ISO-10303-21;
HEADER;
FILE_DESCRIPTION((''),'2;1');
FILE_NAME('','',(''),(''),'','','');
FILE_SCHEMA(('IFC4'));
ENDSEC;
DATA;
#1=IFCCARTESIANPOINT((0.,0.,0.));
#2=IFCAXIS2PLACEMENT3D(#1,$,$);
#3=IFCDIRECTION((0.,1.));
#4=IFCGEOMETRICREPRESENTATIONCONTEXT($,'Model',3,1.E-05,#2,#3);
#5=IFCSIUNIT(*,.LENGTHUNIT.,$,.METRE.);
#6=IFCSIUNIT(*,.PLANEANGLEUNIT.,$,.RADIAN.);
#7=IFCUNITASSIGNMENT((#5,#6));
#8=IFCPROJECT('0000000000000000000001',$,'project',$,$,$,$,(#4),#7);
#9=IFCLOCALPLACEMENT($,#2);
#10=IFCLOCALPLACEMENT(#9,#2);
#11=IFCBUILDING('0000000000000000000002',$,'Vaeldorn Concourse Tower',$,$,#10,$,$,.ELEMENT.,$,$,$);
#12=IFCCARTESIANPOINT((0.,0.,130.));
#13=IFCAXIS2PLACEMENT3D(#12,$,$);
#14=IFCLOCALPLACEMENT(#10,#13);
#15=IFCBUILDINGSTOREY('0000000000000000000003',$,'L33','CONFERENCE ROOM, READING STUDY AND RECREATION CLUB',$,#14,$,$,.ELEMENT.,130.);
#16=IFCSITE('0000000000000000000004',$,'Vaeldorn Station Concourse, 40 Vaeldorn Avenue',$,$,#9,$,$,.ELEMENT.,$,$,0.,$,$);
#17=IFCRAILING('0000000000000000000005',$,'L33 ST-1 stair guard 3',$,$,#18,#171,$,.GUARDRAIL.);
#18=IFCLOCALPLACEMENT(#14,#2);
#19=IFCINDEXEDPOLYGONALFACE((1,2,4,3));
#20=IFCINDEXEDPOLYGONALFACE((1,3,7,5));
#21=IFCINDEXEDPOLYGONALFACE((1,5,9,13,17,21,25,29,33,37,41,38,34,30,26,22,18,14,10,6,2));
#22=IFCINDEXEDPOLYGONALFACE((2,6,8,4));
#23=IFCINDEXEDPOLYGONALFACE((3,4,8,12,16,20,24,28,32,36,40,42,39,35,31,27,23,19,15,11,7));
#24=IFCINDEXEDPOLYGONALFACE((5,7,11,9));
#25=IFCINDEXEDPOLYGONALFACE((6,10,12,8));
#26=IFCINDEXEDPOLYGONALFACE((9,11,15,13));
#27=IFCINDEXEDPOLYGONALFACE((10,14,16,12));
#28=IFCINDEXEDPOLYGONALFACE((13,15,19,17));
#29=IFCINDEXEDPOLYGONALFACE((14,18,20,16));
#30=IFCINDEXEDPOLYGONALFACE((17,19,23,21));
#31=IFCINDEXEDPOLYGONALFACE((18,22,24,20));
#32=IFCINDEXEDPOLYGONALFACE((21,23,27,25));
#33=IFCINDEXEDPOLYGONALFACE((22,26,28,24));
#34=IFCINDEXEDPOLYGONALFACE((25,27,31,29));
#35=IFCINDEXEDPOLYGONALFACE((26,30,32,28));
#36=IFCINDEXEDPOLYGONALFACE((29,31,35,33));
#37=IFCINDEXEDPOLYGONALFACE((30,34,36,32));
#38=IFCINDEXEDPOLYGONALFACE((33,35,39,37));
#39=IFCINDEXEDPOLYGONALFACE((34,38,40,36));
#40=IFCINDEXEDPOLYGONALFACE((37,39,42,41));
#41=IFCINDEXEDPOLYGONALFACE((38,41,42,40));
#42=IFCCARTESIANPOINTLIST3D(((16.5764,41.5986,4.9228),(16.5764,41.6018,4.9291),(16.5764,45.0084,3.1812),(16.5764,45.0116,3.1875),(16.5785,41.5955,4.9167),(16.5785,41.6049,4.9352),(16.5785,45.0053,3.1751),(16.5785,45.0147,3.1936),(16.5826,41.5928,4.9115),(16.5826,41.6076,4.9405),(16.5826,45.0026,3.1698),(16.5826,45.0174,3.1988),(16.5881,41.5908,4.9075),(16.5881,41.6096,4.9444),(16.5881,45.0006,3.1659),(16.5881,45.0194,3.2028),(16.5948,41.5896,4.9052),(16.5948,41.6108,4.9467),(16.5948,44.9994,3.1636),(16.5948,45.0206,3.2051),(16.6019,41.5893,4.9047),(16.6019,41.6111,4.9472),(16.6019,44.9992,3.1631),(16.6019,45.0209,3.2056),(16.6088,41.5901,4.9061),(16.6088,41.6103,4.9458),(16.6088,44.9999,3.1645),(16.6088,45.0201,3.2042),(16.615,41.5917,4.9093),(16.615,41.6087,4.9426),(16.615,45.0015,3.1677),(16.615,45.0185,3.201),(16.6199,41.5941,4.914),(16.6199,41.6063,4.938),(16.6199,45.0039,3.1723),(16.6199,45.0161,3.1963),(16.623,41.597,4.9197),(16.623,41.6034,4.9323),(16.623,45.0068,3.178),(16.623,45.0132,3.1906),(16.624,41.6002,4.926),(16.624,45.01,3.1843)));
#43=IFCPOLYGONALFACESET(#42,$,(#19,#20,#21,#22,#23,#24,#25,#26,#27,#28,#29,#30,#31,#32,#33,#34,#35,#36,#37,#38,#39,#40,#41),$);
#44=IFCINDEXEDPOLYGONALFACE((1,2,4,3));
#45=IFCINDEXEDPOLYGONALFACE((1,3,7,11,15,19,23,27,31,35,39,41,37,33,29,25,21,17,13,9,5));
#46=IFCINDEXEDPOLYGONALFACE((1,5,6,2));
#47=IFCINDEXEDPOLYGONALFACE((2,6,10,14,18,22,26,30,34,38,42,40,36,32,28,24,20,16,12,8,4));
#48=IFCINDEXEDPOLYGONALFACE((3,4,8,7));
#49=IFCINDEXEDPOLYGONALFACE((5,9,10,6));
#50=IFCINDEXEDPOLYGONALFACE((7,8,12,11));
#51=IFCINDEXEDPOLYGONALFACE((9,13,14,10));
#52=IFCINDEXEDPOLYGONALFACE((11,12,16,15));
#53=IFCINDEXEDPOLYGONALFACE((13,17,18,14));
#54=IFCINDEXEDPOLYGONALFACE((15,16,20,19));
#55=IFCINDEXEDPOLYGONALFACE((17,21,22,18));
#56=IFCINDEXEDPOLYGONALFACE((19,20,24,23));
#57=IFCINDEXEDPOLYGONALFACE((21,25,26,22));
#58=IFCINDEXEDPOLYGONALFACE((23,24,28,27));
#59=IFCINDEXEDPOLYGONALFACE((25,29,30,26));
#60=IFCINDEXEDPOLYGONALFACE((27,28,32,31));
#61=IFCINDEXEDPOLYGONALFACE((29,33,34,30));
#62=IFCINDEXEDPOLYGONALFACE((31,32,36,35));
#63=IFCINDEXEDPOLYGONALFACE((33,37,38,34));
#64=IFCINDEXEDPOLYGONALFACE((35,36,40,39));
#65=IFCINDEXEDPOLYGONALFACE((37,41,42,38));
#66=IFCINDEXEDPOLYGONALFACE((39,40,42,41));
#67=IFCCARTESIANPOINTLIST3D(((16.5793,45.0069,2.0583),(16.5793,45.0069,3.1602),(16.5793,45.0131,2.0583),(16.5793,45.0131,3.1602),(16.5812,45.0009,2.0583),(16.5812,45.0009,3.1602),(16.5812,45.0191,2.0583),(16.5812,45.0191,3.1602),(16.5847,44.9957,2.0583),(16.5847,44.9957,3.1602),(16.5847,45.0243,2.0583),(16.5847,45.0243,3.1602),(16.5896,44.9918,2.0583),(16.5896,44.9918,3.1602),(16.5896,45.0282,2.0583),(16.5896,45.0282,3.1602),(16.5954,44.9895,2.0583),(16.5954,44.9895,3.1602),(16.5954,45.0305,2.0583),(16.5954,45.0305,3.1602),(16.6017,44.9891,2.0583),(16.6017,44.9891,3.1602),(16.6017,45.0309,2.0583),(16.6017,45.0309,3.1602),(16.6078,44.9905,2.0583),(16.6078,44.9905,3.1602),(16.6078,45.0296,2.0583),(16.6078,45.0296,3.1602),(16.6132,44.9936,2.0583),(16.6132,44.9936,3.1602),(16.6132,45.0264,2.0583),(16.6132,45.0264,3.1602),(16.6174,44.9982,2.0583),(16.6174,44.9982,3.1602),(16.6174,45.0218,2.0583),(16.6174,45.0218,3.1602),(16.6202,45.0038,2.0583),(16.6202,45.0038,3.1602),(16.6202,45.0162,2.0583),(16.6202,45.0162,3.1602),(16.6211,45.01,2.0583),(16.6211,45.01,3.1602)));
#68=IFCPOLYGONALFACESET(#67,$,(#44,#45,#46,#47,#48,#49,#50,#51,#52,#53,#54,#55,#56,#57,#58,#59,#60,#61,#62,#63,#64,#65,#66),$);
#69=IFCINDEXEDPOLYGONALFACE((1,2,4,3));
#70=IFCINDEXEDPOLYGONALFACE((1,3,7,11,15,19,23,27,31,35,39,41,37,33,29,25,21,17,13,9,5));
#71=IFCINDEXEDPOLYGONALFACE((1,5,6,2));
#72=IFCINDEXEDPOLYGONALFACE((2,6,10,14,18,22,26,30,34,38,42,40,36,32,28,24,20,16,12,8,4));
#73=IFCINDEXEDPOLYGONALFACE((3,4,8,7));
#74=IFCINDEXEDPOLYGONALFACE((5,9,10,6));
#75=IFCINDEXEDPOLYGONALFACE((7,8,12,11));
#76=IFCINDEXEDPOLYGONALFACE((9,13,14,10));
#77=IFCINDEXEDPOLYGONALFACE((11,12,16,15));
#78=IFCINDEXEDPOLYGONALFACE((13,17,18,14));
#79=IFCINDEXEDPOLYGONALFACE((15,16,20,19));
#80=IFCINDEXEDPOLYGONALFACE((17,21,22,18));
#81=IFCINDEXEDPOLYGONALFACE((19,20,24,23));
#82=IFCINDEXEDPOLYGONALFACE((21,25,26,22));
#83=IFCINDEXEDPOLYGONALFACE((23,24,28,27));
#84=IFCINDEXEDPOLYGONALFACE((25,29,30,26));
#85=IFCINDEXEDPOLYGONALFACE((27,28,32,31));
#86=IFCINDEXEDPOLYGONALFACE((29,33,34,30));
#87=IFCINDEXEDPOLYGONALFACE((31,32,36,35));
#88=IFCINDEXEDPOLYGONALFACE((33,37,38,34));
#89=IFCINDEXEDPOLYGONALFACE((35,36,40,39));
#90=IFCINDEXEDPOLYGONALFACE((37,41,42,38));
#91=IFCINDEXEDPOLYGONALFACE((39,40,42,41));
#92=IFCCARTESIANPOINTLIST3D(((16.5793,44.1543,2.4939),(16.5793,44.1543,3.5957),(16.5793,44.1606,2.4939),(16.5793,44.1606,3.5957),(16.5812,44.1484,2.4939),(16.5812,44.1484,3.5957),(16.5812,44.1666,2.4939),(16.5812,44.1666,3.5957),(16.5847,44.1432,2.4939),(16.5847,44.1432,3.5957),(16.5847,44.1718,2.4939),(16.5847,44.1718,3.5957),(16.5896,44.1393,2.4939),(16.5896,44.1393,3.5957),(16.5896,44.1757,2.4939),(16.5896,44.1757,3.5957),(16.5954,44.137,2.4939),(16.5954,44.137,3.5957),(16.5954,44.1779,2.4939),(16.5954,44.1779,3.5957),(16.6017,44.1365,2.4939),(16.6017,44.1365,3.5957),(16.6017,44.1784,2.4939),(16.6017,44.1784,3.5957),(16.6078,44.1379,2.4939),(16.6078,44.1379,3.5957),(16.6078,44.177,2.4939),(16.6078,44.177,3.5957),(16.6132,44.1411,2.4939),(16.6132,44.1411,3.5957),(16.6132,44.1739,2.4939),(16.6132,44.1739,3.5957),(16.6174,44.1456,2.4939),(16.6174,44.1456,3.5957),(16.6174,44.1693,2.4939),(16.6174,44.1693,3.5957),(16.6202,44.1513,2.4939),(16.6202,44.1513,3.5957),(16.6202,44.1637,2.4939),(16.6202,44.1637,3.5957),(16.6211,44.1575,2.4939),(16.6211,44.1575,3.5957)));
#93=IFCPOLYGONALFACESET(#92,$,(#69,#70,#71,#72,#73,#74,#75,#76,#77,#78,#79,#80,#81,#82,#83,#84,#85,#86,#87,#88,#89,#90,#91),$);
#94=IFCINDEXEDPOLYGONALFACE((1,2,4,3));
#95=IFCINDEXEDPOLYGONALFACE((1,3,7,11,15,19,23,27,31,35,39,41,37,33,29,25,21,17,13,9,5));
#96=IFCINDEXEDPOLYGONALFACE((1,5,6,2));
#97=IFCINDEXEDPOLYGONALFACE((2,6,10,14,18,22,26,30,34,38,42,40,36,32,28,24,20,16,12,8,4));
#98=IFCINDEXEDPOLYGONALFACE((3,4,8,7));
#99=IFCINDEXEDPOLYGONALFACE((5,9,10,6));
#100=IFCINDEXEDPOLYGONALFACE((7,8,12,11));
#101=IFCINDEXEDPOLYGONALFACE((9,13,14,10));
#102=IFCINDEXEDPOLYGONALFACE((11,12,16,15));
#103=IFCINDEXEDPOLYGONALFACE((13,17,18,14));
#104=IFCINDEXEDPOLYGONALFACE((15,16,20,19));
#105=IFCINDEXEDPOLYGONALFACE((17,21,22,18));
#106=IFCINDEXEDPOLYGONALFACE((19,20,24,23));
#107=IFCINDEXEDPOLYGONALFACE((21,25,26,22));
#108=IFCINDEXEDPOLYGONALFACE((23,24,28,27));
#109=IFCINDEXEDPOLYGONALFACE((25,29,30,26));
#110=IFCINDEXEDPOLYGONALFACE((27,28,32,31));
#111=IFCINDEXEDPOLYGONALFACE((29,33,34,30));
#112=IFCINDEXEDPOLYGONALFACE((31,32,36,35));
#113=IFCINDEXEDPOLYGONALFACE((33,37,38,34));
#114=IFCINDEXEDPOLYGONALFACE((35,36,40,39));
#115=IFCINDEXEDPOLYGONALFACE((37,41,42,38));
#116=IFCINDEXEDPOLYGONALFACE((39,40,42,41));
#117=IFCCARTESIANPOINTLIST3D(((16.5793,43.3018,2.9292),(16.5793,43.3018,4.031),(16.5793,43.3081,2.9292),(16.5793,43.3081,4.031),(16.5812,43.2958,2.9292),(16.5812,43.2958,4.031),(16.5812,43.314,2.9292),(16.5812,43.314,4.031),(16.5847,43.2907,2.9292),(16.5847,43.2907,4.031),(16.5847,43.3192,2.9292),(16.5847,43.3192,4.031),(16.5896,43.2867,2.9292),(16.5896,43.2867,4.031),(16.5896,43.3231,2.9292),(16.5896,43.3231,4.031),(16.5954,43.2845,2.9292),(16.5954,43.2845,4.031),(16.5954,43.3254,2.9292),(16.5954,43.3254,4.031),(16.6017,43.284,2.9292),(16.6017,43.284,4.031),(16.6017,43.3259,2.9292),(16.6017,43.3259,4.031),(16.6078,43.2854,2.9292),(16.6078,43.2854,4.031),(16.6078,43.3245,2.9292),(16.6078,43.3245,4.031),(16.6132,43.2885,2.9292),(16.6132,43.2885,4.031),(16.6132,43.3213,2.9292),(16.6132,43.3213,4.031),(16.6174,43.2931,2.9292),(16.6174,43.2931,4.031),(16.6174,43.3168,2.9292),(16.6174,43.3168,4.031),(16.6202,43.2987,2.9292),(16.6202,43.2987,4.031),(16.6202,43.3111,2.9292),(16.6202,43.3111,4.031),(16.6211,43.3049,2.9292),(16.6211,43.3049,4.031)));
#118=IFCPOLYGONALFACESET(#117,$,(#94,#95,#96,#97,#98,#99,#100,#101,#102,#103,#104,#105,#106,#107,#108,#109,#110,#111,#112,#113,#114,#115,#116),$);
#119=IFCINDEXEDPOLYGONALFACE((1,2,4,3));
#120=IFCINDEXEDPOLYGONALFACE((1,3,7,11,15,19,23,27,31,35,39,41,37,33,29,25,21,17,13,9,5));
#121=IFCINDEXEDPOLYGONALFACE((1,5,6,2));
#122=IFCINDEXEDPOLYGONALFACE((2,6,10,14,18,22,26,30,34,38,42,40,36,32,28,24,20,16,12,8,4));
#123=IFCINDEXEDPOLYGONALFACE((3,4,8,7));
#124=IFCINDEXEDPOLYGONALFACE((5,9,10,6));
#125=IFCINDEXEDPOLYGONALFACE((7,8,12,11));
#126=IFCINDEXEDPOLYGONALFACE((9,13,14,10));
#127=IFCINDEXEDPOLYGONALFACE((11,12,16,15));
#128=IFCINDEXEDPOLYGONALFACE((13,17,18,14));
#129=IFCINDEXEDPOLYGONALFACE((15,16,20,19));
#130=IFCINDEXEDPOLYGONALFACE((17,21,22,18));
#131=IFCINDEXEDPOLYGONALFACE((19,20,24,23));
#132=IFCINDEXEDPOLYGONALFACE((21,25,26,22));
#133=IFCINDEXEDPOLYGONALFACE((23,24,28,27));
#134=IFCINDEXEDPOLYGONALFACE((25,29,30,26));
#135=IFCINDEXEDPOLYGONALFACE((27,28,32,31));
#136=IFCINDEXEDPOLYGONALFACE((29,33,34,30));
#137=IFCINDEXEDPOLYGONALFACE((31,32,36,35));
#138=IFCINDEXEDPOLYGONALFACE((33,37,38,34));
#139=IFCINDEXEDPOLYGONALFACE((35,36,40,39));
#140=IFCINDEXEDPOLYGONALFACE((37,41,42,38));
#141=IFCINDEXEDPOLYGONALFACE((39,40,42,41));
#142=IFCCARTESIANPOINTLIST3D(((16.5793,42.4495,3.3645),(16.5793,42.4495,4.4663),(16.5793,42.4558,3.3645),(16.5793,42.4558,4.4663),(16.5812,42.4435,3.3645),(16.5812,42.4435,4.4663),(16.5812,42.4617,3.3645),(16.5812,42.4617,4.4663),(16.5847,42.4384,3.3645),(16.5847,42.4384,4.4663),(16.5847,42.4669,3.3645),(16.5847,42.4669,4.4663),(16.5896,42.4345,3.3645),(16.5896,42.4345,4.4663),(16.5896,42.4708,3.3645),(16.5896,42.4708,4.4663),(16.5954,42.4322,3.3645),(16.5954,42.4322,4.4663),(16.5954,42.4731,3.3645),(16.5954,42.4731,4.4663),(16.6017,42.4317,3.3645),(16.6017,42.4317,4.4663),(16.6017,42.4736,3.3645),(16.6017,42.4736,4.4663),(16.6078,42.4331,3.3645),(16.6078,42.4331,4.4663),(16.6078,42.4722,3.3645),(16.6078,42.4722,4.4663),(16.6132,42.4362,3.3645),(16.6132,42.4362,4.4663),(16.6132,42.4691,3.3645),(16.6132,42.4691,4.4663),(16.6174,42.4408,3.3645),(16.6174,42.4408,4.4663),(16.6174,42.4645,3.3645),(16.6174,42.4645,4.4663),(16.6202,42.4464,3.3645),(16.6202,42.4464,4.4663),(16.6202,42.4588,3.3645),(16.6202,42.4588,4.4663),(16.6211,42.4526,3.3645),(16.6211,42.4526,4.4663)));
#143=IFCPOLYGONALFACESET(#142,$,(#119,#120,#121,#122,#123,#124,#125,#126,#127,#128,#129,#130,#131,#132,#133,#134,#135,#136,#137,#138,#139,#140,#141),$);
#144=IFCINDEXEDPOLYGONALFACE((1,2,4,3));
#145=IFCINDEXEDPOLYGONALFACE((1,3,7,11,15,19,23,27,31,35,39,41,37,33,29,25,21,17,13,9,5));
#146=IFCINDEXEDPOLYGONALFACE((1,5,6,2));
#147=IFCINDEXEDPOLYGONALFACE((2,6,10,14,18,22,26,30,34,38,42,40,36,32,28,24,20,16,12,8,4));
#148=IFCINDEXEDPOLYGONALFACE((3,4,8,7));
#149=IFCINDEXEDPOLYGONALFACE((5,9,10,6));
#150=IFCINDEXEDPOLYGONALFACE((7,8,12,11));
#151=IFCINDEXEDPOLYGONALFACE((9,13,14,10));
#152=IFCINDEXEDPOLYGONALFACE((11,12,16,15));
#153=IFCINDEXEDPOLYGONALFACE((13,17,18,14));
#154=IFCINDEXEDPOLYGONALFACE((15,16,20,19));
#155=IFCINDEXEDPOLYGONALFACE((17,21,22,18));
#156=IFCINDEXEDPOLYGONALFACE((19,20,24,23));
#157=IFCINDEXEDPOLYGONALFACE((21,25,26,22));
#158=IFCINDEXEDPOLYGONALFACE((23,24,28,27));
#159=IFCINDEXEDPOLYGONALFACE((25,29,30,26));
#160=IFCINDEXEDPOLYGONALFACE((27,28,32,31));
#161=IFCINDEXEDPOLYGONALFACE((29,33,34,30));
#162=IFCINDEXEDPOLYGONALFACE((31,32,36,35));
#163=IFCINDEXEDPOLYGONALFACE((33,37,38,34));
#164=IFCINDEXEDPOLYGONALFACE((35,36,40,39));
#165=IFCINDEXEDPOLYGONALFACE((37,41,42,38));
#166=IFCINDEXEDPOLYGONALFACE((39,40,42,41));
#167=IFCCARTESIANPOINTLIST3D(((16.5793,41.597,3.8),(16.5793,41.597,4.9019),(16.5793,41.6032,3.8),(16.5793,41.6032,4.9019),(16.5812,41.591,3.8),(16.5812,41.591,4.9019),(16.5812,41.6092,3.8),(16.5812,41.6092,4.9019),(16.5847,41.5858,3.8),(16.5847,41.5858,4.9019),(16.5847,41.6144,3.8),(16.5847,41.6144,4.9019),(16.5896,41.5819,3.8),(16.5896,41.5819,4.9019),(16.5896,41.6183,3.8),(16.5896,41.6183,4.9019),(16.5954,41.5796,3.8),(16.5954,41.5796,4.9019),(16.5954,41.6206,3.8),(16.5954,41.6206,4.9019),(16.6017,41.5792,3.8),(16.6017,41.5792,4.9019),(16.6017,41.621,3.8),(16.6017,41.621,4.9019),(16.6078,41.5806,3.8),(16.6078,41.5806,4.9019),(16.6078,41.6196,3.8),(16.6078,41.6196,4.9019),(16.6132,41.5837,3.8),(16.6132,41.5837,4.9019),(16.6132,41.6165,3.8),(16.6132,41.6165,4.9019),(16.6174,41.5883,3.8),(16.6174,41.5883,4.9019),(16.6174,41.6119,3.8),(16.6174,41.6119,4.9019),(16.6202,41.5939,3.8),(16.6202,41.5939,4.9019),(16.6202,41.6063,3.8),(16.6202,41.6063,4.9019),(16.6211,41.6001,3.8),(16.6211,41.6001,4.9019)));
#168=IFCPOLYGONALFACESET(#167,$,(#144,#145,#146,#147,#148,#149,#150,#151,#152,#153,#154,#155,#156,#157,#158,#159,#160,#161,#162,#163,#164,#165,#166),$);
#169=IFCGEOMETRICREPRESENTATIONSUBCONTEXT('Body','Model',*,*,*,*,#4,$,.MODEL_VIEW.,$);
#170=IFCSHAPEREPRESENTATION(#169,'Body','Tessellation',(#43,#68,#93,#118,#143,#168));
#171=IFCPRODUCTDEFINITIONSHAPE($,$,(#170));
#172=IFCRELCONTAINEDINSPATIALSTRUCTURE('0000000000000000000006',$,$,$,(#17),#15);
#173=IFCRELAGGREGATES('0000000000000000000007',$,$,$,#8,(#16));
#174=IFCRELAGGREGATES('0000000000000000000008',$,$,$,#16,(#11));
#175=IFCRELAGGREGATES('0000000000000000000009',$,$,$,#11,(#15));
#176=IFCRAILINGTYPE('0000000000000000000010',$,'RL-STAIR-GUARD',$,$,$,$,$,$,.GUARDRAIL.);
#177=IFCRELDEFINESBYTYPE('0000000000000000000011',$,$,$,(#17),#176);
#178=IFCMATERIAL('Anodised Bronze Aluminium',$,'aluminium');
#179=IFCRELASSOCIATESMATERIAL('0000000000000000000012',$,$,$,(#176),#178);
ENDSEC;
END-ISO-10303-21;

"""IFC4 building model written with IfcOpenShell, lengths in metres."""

from ifc_helpers import new_model, si_unit, direction, frame, origin, origin_2d, place, context, subcontext, project, spatial, circle, extrude, material, type_object, element, save


model = new_model("IFC4")

# Units and contexts
model_context = context("Model", 3, precision=1e-05, world=origin(), true_north=direction((0.0, 1.0)))
body_context = subcontext(model_context, "Body", "Model", "MODEL_VIEW")
ifc_project = project(units=[si_unit("LENGTHUNIT", "METRE"), si_unit("PLANEANGLEUNIT", "RADIAN")], contexts=[model_context])

# Site, building, storey
site_placement = place(None, origin())
site = spatial("IfcSite", under=ifc_project, at=site_placement, Name="Vaeldorn Station Concourse, 40 Vaeldorn Avenue", CompositionType="ELEMENT", RefElevation=0.0)
building_placement = place(site_placement, origin())
building = spatial("IfcBuilding", under=site, at=building_placement, Name="Vaeldorn Concourse Tower", CompositionType="ELEMENT")
storey_placement = place(building_placement, frame((0.0, 0.0, 130.0)))
storey = spatial("IfcBuildingStorey", under=building, at=storey_placement, Name="L33", Description="CONFERENCE ROOM, READING STUDY AND RECREATION CLUB", CompositionType="ELEMENT", Elevation=130.0)

# Shared definitions
ifc_material_1 = material(Name="Anodised Bronze Aluminium", Category="aluminium")

# Railing
railing_type_1 = type_object("IfcRailingType", Name="RL-STAIR-GUARD", PredefinedType="GUARDRAIL", material=ifc_material_1)
railing_1_placement = place(storey_placement, frame((16.6001, 45.01, 2.0583)))
element("IfcRailing", 1, at=railing_1_placement, inside=storey, type_object=railing_type_1, Name="L33 ST-1 stair guard 3", PredefinedType="GUARDRAIL", context=body_context, shape_type="SweptSolid", body=[
    extrude(circle(Radius=0.0239, at=origin_2d()), frame((0.0, 0.0, 1.126), z_axis=(0.0, -0.890556, 0.454874), x_axis=(1.0, 0.0, 0.0)), (0.0, 0.0, 1.0), 3.8289),
    extrude(circle(Radius=0.021, at=origin_2d()), origin(), (0.0, 0.0, 1.0), 1.1018),
    extrude(circle(Radius=0.021, at=origin_2d()), frame((0.0, -0.8525, 0.4355)), (0.0, 0.0, 1.0), 1.1018),
    extrude(circle(Radius=0.021, at=origin_2d()), frame((0.0, -1.7051, 0.8708)), (0.0, 0.0, 1.0), 1.1018),
    extrude(circle(Radius=0.021, at=origin_2d()), frame((0.0, -2.5574, 1.3062)), (0.0, 0.0, 1.0), 1.1018),
    extrude(circle(Radius=0.021, at=origin_2d()), frame((0.0, -3.4099, 1.7417)), (0.0, 0.0, 1.0), 1.1018),
])

save(model, "model.ifc")
